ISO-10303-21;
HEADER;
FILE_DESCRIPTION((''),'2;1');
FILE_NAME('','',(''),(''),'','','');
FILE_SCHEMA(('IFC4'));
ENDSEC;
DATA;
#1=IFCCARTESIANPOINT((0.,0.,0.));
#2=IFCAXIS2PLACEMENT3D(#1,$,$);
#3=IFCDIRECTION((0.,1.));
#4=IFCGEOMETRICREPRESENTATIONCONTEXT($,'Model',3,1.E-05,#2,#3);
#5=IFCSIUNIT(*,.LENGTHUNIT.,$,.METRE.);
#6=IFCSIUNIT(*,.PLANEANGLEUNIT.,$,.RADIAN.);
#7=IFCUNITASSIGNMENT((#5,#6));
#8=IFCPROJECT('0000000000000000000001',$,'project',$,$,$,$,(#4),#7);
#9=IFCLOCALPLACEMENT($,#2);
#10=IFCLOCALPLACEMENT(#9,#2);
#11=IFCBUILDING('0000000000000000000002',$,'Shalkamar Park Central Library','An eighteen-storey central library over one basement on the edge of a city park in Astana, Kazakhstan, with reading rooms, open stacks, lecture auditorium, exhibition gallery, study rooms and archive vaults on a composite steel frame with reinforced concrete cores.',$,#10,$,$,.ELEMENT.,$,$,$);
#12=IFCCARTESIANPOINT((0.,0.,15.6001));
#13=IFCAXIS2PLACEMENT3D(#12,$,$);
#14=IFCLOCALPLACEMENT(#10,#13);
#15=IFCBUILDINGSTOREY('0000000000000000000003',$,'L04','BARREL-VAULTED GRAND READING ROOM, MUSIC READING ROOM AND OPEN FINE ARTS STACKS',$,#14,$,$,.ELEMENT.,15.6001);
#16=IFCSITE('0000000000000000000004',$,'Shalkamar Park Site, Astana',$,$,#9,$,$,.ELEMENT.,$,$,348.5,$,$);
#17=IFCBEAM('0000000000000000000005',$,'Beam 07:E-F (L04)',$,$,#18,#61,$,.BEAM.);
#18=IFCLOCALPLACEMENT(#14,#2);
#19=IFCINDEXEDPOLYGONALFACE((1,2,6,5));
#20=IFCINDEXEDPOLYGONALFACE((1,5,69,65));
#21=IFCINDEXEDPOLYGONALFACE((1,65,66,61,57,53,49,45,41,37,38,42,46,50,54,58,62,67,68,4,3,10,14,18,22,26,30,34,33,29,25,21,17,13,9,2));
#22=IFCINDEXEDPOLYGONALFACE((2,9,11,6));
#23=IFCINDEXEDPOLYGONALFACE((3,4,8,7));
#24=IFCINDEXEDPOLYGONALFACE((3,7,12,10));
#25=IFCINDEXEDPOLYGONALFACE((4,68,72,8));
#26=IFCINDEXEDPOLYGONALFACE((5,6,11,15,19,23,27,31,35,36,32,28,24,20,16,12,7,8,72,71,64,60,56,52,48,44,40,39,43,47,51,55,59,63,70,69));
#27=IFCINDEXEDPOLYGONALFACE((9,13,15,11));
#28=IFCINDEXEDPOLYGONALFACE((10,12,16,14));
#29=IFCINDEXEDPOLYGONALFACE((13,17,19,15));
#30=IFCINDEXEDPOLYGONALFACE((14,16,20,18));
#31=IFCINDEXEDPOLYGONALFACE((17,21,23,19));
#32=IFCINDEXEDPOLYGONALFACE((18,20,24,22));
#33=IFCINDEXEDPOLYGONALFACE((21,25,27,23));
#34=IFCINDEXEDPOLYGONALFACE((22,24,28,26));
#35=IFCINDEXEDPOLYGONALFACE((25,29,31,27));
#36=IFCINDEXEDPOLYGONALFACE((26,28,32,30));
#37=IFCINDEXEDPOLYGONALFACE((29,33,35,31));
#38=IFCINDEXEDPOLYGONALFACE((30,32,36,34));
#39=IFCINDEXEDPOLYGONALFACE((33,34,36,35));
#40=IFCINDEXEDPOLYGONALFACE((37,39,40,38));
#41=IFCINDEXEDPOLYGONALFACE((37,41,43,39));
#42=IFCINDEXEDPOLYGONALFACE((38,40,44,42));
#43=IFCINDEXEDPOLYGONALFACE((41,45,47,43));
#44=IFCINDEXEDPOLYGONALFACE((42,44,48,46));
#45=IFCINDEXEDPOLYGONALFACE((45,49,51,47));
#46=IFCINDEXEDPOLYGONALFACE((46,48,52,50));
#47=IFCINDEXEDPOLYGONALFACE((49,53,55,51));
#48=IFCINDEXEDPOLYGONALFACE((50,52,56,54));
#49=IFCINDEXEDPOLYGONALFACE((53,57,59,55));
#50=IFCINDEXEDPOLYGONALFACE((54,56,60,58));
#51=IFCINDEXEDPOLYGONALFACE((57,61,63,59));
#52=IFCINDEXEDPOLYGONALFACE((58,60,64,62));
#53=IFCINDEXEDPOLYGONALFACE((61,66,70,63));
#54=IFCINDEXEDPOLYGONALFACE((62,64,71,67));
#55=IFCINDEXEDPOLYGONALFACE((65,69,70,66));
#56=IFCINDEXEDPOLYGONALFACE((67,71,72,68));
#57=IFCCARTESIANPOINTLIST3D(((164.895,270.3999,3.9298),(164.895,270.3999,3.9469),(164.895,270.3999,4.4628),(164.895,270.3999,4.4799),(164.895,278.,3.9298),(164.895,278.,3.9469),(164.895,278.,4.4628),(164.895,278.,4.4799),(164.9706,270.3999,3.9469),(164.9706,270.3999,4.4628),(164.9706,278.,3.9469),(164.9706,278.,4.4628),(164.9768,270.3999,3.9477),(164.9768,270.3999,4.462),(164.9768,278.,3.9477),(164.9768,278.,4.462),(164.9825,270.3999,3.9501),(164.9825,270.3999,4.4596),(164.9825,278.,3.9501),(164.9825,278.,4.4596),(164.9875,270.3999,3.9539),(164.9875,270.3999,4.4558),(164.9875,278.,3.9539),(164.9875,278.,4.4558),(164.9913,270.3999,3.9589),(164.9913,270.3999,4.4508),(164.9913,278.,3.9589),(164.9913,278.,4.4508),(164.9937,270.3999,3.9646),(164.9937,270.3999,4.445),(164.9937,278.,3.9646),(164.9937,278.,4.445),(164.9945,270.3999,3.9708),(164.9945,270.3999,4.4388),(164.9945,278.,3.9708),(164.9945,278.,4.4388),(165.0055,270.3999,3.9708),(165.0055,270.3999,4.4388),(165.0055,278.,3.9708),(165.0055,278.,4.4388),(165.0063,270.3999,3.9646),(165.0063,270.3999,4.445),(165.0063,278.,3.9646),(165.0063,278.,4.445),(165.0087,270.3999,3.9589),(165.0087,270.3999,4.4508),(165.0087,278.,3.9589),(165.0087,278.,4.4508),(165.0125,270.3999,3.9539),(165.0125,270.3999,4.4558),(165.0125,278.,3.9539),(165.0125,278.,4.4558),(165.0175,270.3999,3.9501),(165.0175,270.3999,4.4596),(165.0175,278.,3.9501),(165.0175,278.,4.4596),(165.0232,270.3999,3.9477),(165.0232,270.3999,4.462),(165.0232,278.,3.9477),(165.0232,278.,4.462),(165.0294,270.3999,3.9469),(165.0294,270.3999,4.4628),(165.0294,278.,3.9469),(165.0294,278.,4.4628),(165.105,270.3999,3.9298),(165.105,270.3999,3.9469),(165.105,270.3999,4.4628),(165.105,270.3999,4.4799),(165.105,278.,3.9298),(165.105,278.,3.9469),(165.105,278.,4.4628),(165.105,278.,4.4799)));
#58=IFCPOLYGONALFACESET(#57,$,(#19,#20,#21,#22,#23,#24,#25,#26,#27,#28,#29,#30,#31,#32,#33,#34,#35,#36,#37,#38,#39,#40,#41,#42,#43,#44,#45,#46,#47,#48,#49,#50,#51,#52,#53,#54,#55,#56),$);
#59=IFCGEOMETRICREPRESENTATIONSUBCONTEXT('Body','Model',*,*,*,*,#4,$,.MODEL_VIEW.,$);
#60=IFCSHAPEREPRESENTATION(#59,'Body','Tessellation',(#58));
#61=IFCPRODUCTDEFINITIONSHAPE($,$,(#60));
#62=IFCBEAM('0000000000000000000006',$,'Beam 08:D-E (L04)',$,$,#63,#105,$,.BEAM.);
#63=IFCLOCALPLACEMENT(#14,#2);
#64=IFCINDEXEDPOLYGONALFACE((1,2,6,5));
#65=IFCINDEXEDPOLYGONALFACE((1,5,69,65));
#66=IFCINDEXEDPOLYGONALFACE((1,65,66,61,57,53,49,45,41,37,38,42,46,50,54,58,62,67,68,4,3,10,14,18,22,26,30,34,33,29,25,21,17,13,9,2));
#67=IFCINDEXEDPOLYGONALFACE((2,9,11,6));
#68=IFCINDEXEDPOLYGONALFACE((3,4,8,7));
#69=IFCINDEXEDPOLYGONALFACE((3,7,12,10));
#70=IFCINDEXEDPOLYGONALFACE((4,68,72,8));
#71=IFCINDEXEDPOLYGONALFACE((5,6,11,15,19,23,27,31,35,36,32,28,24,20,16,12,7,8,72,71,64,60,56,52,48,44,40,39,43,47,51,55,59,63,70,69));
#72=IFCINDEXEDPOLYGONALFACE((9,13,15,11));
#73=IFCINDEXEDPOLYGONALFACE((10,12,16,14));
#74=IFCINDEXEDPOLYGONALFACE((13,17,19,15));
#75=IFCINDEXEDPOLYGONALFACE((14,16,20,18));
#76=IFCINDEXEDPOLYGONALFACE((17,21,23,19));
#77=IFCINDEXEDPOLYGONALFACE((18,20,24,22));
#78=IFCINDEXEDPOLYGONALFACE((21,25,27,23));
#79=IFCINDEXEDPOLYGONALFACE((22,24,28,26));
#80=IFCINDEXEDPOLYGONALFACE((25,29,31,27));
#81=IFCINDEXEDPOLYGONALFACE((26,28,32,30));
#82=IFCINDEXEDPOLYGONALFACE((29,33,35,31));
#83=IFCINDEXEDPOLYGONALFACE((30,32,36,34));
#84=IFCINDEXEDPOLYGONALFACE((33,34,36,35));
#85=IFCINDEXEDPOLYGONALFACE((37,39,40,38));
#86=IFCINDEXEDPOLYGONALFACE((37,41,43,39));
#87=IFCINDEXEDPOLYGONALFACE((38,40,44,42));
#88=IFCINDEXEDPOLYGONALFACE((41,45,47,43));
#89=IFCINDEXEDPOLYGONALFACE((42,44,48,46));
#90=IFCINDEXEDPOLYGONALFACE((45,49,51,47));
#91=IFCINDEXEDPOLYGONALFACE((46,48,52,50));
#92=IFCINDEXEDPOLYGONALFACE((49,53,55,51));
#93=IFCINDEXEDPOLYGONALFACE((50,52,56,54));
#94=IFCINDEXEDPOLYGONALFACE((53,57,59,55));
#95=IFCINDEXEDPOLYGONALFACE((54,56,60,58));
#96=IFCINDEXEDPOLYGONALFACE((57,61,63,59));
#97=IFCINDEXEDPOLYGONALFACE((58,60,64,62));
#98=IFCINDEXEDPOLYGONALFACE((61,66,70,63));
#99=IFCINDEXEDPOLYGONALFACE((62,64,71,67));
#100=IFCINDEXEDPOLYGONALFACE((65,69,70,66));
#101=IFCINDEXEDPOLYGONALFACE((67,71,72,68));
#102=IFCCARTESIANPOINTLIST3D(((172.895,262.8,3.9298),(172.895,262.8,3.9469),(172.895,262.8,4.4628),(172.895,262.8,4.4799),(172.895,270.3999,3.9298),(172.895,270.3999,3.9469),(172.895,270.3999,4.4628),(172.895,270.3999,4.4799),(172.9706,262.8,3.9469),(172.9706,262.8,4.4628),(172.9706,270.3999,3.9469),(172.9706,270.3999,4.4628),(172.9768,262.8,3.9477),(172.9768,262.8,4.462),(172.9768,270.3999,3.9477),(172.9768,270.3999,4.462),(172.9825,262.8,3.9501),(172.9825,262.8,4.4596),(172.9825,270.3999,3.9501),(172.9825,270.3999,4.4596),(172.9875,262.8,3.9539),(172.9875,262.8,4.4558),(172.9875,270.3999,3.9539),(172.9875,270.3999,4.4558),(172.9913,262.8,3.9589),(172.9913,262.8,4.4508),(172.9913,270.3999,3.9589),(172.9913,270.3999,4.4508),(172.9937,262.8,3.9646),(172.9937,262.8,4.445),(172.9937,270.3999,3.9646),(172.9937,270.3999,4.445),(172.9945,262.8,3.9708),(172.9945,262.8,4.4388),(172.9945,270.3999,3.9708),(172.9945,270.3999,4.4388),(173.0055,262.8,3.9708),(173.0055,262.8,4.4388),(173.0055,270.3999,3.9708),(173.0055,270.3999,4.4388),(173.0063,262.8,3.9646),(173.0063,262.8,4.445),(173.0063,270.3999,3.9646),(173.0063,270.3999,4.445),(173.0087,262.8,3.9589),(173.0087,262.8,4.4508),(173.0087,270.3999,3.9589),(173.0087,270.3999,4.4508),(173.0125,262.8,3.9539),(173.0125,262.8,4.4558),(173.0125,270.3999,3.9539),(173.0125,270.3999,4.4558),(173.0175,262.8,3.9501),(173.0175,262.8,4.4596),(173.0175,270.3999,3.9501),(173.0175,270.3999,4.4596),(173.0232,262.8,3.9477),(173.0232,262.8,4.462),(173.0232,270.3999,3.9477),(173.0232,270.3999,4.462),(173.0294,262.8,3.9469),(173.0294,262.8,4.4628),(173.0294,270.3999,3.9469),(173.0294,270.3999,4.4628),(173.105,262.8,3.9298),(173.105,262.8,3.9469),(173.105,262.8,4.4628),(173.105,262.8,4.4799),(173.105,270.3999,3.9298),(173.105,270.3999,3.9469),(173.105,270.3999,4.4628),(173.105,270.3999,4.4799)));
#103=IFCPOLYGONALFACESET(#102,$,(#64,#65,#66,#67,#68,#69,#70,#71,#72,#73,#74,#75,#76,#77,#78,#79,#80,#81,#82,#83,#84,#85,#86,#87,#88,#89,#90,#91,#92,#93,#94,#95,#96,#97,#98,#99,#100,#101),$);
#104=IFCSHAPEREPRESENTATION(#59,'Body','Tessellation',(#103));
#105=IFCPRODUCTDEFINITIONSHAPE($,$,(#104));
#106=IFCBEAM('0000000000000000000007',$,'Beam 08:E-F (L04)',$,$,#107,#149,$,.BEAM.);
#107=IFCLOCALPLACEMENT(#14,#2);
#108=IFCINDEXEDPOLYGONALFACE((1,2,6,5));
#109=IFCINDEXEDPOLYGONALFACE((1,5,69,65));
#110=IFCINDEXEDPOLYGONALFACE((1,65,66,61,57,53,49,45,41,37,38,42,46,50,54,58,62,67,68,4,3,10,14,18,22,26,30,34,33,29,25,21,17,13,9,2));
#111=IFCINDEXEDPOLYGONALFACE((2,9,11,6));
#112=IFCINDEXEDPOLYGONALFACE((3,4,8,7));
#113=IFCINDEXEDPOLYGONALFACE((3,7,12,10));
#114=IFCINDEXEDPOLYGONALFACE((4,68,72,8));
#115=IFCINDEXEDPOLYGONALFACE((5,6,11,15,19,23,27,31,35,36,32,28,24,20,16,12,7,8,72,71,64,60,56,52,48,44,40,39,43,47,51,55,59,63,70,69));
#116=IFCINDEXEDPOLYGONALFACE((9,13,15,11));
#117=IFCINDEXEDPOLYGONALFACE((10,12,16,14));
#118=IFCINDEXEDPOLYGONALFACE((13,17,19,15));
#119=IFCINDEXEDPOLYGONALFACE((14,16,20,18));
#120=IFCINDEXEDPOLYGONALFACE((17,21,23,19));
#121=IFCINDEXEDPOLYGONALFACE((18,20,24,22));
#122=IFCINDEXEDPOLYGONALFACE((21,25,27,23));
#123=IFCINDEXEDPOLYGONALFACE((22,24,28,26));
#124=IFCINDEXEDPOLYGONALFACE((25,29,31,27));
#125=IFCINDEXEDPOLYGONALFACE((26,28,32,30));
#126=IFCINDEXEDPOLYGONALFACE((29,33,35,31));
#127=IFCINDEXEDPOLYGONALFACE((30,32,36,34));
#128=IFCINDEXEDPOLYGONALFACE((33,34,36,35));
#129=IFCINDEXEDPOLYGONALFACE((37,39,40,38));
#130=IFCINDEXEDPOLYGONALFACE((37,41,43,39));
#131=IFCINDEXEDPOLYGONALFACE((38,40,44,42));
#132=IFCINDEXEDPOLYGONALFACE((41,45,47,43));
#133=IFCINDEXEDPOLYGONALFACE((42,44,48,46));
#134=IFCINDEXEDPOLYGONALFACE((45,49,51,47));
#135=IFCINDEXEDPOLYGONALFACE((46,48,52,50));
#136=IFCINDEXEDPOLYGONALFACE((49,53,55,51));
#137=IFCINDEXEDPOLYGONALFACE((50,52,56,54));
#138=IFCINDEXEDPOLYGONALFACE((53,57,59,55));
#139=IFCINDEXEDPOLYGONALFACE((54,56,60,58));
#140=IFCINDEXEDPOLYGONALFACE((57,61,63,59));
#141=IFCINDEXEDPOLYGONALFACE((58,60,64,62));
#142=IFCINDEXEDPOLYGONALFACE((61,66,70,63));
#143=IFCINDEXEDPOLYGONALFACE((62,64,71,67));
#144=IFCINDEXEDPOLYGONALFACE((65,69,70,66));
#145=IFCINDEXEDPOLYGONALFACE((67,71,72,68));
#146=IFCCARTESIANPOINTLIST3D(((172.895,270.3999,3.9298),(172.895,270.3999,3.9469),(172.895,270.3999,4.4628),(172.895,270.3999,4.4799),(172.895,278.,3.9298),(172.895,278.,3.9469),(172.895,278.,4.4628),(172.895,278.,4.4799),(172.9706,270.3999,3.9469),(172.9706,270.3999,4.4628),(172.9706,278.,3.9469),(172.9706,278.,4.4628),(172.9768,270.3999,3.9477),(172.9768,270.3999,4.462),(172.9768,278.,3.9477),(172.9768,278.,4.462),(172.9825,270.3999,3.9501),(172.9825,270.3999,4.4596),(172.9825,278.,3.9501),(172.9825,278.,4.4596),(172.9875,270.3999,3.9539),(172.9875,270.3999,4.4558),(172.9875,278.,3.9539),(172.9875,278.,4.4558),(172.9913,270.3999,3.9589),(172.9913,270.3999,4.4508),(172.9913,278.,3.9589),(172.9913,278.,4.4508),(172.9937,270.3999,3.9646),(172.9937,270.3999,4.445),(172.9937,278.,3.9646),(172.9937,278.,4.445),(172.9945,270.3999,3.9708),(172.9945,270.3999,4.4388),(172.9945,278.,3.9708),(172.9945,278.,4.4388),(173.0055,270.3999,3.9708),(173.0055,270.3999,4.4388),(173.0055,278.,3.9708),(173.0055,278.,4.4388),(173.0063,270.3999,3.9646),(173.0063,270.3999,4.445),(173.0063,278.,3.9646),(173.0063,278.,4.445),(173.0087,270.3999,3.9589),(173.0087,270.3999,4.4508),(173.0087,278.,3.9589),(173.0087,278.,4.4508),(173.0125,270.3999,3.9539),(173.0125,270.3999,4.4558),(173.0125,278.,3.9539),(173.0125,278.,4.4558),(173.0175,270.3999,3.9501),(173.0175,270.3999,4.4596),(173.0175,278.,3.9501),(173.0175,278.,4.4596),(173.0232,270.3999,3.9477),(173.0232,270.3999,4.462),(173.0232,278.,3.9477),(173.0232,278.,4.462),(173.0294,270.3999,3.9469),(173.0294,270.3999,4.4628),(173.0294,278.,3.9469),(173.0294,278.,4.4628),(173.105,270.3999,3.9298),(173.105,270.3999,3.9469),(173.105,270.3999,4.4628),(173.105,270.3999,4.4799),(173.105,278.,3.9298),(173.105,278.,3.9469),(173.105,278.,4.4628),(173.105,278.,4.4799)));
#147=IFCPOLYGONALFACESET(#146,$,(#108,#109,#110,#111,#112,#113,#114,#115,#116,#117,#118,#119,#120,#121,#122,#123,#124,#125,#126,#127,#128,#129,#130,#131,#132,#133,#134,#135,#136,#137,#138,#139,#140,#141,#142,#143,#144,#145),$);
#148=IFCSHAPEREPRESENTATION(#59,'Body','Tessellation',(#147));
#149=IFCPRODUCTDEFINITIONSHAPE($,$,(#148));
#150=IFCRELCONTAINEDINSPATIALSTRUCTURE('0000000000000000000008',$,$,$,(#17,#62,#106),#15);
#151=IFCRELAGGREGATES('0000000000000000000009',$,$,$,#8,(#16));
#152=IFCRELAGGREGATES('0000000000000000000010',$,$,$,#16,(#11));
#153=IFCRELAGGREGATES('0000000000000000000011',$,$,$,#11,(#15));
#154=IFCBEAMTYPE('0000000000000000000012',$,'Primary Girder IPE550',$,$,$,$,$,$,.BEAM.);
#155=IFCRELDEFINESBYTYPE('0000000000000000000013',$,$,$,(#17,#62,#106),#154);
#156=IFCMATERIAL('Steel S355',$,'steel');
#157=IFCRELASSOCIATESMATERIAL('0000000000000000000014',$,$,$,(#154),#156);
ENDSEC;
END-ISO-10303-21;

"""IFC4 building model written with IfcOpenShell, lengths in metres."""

from ifc_helpers import new_model, si_unit, direction, frame, origin, origin_2d, place, context, subcontext, project, spatial, i_section, extrude, material, material_profile, profile_set, type_object, element, save


model = new_model("IFC4")

# Units and contexts
model_context = context("Model", 3, precision=1e-05, world=origin(), true_north=direction((0.0, 1.0)))
body_context = subcontext(model_context, "Body", "Model", "MODEL_VIEW")
ifc_project = project(units=[si_unit("LENGTHUNIT", "METRE"), si_unit("PLANEANGLEUNIT", "RADIAN")], contexts=[model_context])

# Site, building, storey
site_placement = place(None, origin())
site = spatial("IfcSite", under=ifc_project, at=site_placement, Name="Shalkamar Park Site, Astana", CompositionType="ELEMENT", RefElevation=348.5)
building_placement = place(site_placement, origin())
building = spatial("IfcBuilding", under=site, at=building_placement, Name="Shalkamar Park Central Library", Description="An eighteen-storey central library over one basement on the edge of a city park in Astana, Kazakhstan, with reading rooms, open stacks, lecture auditorium, exhibition gallery, study rooms and archive vaults on a composite steel frame with reinforced concrete cores.", CompositionType="ELEMENT")
storey_placement = place(building_placement, frame((0.0, 0.0, 15.6001)))
storey = spatial("IfcBuildingStorey", under=building, at=storey_placement, Name="L04", Description="BARREL-VAULTED GRAND READING ROOM, MUSIC READING ROOM AND OPEN FINE ARTS STACKS", CompositionType="ELEMENT", Elevation=15.6001)

# Shared definitions
ifc_material_1 = material(Name="Steel S355", Category="steel")

# Beams
ifc_material_profile_1 = material_profile(ifc_material_1, i_section(OverallWidth=0.21, OverallDepth=0.55, WebThickness=0.011, FlangeThickness=0.0171, FilletRadius=0.0239, at=origin_2d()), Name="IPE 550")
ifc_profile_set_1 = profile_set([ifc_material_profile_1], Name="Steel S355")
beam_type_1 = type_object("IfcBeamType", Name="Primary Girder IPE550", PredefinedType="BEAM", material=ifc_profile_set_1)
beam_1_placement = place(storey_placement, frame((165.0, 270.3999, 4.2048), z_axis=(0.0, 1.0, 0.0), x_axis=(-1.0, 0.0, 0.0)))
element("IfcBeam", 1, at=beam_1_placement, inside=storey, type_object=beam_type_1, Name="Beam 07:E-F (L04)", PredefinedType="BEAM", context=body_context, shape_type="SweptSolid", body=[
    extrude(i_section(OverallWidth=0.21, OverallDepth=0.55, WebThickness=0.011, FlangeThickness=0.0171, FilletRadius=0.0239, at=origin_2d()), origin(), (0.0, 0.0, 1.0), 7.6001),
])
beam_2_placement = place(storey_placement, frame((173.0, 262.8, 4.2048), z_axis=(0.0, 1.0, 0.0), x_axis=(-1.0, 0.0, 0.0)))
element("IfcBeam", 2, at=beam_2_placement, inside=storey, type_object=beam_type_1, Name="Beam 08:D-E (L04)", PredefinedType="BEAM", context=body_context, shape_type="SweptSolid", body=[
    extrude(i_section(OverallWidth=0.21, OverallDepth=0.55, WebThickness=0.011, FlangeThickness=0.0171, FilletRadius=0.0239, at=origin_2d()), origin(), (0.0, 0.0, 1.0), 7.5999),
])
beam_3_placement = place(storey_placement, frame((173.0, 270.3999, 4.2048), z_axis=(0.0, 1.0, 0.0), x_axis=(-1.0, 0.0, 0.0)))
element("IfcBeam", 3, at=beam_3_placement, inside=storey, type_object=beam_type_1, Name="Beam 08:E-F (L04)", PredefinedType="BEAM", context=body_context, shape_type="SweptSolid", body=[
    extrude(i_section(OverallWidth=0.21, OverallDepth=0.55, WebThickness=0.011, FlangeThickness=0.0171, FilletRadius=0.0239, at=origin_2d()), origin(), (0.0, 0.0, 1.0), 7.6001),
])

save(model, "model.ifc")
